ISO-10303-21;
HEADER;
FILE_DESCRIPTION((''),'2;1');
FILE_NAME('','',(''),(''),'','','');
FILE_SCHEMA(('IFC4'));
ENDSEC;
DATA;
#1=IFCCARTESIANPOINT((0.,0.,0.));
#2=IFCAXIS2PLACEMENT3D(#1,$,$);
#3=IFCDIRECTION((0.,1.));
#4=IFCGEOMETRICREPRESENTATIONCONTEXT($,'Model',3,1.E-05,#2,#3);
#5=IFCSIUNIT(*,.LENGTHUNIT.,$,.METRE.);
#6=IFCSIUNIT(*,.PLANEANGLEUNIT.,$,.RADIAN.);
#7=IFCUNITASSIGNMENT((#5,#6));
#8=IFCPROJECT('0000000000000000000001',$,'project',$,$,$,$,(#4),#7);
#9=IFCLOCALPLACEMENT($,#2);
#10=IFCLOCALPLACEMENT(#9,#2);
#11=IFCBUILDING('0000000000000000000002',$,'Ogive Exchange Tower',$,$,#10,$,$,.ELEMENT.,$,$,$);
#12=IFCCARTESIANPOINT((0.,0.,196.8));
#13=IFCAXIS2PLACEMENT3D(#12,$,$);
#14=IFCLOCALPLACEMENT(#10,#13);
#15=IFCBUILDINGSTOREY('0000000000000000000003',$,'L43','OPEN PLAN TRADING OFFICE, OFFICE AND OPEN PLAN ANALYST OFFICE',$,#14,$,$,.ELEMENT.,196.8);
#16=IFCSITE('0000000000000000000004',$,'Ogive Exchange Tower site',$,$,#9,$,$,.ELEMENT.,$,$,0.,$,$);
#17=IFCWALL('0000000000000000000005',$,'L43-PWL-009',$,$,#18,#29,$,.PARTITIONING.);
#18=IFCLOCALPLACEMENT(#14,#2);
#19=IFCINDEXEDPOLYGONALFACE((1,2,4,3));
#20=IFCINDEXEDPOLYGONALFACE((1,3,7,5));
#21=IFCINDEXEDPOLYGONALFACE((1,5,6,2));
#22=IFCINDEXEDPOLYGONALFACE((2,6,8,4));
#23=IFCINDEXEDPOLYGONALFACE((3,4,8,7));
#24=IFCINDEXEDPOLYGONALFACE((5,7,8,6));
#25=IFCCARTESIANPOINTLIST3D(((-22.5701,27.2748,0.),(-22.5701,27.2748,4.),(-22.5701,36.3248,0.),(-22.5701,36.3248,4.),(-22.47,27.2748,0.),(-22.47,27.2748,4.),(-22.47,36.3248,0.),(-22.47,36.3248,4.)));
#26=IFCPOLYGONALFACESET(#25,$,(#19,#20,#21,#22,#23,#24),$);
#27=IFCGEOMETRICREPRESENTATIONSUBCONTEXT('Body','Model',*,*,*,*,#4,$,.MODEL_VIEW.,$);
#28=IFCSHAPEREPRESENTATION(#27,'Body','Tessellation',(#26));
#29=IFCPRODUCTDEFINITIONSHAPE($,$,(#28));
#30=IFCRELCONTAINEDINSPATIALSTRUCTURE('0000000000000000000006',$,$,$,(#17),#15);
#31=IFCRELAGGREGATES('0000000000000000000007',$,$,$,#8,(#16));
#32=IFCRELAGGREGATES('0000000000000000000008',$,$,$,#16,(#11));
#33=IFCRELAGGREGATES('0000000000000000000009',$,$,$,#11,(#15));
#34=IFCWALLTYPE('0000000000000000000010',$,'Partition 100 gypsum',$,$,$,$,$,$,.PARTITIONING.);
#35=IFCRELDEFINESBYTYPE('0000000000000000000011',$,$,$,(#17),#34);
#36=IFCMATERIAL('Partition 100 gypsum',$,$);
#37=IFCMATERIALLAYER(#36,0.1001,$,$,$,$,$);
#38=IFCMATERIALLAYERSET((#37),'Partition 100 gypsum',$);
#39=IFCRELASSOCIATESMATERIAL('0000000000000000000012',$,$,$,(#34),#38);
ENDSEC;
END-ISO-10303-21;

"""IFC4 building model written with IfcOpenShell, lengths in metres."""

from ifc_helpers import new_model, si_unit, direction, frame, frame_2d, origin, place, context, subcontext, project, spatial, rectangle, extrude, material, layer, layer_set, type_object, element, save


model = new_model("IFC4")

# Units and contexts
model_context = context("Model", 3, precision=1e-05, world=origin(), true_north=direction((0.0, 1.0)))
body_context = subcontext(model_context, "Body", "Model", "MODEL_VIEW")
ifc_project = project(units=[si_unit("LENGTHUNIT", "METRE"), si_unit("PLANEANGLEUNIT", "RADIAN")], contexts=[model_context])

# Site, building, storey
site_placement = place(None, origin())
site = spatial("IfcSite", under=ifc_project, at=site_placement, Name="Ogive Exchange Tower site", CompositionType="ELEMENT", RefElevation=0.0)
building_placement = place(site_placement, origin())
building = spatial("IfcBuilding", under=site, at=building_placement, Name="Ogive Exchange Tower", CompositionType="ELEMENT")
storey_placement = place(building_placement, frame((0.0, 0.0, 196.8)))
storey = spatial("IfcBuildingStorey", under=building, at=storey_placement, Name="L43", Description="OPEN PLAN TRADING OFFICE, OFFICE AND OPEN PLAN ANALYST OFFICE", CompositionType="ELEMENT", Elevation=196.8)

# Wall
ifc_material_1 = material(Name="Partition 100 gypsum")
ifc_layer_1 = layer(ifc_material_1, 0.1001)
ifc_layer_set_1 = layer_set([ifc_layer_1], Name="Partition 100 gypsum")
wall_type_1 = type_object("IfcWallType", Name="Partition 100 gypsum", PredefinedType="PARTITIONING", material=ifc_layer_set_1)
wall_1_placement = place(storey_placement, frame((-22.52, 27.2749, 0.0), z_axis=(0.0, 0.0, 1.0), x_axis=(0.0, 1.0, 0.0)))
element("IfcWall", 1, at=wall_1_placement, inside=storey, type_object=wall_type_1, Name="L43-PWL-009", PredefinedType="PARTITIONING", context=body_context, shape_type="SweptSolid", body=[
    extrude(rectangle(XDim=9.05, YDim=0.1001, at=frame_2d((4.5249, 0.0))), origin(), (0.0, 0.0, 1.0), 4.0),
])

save(model, "model.ifc")
